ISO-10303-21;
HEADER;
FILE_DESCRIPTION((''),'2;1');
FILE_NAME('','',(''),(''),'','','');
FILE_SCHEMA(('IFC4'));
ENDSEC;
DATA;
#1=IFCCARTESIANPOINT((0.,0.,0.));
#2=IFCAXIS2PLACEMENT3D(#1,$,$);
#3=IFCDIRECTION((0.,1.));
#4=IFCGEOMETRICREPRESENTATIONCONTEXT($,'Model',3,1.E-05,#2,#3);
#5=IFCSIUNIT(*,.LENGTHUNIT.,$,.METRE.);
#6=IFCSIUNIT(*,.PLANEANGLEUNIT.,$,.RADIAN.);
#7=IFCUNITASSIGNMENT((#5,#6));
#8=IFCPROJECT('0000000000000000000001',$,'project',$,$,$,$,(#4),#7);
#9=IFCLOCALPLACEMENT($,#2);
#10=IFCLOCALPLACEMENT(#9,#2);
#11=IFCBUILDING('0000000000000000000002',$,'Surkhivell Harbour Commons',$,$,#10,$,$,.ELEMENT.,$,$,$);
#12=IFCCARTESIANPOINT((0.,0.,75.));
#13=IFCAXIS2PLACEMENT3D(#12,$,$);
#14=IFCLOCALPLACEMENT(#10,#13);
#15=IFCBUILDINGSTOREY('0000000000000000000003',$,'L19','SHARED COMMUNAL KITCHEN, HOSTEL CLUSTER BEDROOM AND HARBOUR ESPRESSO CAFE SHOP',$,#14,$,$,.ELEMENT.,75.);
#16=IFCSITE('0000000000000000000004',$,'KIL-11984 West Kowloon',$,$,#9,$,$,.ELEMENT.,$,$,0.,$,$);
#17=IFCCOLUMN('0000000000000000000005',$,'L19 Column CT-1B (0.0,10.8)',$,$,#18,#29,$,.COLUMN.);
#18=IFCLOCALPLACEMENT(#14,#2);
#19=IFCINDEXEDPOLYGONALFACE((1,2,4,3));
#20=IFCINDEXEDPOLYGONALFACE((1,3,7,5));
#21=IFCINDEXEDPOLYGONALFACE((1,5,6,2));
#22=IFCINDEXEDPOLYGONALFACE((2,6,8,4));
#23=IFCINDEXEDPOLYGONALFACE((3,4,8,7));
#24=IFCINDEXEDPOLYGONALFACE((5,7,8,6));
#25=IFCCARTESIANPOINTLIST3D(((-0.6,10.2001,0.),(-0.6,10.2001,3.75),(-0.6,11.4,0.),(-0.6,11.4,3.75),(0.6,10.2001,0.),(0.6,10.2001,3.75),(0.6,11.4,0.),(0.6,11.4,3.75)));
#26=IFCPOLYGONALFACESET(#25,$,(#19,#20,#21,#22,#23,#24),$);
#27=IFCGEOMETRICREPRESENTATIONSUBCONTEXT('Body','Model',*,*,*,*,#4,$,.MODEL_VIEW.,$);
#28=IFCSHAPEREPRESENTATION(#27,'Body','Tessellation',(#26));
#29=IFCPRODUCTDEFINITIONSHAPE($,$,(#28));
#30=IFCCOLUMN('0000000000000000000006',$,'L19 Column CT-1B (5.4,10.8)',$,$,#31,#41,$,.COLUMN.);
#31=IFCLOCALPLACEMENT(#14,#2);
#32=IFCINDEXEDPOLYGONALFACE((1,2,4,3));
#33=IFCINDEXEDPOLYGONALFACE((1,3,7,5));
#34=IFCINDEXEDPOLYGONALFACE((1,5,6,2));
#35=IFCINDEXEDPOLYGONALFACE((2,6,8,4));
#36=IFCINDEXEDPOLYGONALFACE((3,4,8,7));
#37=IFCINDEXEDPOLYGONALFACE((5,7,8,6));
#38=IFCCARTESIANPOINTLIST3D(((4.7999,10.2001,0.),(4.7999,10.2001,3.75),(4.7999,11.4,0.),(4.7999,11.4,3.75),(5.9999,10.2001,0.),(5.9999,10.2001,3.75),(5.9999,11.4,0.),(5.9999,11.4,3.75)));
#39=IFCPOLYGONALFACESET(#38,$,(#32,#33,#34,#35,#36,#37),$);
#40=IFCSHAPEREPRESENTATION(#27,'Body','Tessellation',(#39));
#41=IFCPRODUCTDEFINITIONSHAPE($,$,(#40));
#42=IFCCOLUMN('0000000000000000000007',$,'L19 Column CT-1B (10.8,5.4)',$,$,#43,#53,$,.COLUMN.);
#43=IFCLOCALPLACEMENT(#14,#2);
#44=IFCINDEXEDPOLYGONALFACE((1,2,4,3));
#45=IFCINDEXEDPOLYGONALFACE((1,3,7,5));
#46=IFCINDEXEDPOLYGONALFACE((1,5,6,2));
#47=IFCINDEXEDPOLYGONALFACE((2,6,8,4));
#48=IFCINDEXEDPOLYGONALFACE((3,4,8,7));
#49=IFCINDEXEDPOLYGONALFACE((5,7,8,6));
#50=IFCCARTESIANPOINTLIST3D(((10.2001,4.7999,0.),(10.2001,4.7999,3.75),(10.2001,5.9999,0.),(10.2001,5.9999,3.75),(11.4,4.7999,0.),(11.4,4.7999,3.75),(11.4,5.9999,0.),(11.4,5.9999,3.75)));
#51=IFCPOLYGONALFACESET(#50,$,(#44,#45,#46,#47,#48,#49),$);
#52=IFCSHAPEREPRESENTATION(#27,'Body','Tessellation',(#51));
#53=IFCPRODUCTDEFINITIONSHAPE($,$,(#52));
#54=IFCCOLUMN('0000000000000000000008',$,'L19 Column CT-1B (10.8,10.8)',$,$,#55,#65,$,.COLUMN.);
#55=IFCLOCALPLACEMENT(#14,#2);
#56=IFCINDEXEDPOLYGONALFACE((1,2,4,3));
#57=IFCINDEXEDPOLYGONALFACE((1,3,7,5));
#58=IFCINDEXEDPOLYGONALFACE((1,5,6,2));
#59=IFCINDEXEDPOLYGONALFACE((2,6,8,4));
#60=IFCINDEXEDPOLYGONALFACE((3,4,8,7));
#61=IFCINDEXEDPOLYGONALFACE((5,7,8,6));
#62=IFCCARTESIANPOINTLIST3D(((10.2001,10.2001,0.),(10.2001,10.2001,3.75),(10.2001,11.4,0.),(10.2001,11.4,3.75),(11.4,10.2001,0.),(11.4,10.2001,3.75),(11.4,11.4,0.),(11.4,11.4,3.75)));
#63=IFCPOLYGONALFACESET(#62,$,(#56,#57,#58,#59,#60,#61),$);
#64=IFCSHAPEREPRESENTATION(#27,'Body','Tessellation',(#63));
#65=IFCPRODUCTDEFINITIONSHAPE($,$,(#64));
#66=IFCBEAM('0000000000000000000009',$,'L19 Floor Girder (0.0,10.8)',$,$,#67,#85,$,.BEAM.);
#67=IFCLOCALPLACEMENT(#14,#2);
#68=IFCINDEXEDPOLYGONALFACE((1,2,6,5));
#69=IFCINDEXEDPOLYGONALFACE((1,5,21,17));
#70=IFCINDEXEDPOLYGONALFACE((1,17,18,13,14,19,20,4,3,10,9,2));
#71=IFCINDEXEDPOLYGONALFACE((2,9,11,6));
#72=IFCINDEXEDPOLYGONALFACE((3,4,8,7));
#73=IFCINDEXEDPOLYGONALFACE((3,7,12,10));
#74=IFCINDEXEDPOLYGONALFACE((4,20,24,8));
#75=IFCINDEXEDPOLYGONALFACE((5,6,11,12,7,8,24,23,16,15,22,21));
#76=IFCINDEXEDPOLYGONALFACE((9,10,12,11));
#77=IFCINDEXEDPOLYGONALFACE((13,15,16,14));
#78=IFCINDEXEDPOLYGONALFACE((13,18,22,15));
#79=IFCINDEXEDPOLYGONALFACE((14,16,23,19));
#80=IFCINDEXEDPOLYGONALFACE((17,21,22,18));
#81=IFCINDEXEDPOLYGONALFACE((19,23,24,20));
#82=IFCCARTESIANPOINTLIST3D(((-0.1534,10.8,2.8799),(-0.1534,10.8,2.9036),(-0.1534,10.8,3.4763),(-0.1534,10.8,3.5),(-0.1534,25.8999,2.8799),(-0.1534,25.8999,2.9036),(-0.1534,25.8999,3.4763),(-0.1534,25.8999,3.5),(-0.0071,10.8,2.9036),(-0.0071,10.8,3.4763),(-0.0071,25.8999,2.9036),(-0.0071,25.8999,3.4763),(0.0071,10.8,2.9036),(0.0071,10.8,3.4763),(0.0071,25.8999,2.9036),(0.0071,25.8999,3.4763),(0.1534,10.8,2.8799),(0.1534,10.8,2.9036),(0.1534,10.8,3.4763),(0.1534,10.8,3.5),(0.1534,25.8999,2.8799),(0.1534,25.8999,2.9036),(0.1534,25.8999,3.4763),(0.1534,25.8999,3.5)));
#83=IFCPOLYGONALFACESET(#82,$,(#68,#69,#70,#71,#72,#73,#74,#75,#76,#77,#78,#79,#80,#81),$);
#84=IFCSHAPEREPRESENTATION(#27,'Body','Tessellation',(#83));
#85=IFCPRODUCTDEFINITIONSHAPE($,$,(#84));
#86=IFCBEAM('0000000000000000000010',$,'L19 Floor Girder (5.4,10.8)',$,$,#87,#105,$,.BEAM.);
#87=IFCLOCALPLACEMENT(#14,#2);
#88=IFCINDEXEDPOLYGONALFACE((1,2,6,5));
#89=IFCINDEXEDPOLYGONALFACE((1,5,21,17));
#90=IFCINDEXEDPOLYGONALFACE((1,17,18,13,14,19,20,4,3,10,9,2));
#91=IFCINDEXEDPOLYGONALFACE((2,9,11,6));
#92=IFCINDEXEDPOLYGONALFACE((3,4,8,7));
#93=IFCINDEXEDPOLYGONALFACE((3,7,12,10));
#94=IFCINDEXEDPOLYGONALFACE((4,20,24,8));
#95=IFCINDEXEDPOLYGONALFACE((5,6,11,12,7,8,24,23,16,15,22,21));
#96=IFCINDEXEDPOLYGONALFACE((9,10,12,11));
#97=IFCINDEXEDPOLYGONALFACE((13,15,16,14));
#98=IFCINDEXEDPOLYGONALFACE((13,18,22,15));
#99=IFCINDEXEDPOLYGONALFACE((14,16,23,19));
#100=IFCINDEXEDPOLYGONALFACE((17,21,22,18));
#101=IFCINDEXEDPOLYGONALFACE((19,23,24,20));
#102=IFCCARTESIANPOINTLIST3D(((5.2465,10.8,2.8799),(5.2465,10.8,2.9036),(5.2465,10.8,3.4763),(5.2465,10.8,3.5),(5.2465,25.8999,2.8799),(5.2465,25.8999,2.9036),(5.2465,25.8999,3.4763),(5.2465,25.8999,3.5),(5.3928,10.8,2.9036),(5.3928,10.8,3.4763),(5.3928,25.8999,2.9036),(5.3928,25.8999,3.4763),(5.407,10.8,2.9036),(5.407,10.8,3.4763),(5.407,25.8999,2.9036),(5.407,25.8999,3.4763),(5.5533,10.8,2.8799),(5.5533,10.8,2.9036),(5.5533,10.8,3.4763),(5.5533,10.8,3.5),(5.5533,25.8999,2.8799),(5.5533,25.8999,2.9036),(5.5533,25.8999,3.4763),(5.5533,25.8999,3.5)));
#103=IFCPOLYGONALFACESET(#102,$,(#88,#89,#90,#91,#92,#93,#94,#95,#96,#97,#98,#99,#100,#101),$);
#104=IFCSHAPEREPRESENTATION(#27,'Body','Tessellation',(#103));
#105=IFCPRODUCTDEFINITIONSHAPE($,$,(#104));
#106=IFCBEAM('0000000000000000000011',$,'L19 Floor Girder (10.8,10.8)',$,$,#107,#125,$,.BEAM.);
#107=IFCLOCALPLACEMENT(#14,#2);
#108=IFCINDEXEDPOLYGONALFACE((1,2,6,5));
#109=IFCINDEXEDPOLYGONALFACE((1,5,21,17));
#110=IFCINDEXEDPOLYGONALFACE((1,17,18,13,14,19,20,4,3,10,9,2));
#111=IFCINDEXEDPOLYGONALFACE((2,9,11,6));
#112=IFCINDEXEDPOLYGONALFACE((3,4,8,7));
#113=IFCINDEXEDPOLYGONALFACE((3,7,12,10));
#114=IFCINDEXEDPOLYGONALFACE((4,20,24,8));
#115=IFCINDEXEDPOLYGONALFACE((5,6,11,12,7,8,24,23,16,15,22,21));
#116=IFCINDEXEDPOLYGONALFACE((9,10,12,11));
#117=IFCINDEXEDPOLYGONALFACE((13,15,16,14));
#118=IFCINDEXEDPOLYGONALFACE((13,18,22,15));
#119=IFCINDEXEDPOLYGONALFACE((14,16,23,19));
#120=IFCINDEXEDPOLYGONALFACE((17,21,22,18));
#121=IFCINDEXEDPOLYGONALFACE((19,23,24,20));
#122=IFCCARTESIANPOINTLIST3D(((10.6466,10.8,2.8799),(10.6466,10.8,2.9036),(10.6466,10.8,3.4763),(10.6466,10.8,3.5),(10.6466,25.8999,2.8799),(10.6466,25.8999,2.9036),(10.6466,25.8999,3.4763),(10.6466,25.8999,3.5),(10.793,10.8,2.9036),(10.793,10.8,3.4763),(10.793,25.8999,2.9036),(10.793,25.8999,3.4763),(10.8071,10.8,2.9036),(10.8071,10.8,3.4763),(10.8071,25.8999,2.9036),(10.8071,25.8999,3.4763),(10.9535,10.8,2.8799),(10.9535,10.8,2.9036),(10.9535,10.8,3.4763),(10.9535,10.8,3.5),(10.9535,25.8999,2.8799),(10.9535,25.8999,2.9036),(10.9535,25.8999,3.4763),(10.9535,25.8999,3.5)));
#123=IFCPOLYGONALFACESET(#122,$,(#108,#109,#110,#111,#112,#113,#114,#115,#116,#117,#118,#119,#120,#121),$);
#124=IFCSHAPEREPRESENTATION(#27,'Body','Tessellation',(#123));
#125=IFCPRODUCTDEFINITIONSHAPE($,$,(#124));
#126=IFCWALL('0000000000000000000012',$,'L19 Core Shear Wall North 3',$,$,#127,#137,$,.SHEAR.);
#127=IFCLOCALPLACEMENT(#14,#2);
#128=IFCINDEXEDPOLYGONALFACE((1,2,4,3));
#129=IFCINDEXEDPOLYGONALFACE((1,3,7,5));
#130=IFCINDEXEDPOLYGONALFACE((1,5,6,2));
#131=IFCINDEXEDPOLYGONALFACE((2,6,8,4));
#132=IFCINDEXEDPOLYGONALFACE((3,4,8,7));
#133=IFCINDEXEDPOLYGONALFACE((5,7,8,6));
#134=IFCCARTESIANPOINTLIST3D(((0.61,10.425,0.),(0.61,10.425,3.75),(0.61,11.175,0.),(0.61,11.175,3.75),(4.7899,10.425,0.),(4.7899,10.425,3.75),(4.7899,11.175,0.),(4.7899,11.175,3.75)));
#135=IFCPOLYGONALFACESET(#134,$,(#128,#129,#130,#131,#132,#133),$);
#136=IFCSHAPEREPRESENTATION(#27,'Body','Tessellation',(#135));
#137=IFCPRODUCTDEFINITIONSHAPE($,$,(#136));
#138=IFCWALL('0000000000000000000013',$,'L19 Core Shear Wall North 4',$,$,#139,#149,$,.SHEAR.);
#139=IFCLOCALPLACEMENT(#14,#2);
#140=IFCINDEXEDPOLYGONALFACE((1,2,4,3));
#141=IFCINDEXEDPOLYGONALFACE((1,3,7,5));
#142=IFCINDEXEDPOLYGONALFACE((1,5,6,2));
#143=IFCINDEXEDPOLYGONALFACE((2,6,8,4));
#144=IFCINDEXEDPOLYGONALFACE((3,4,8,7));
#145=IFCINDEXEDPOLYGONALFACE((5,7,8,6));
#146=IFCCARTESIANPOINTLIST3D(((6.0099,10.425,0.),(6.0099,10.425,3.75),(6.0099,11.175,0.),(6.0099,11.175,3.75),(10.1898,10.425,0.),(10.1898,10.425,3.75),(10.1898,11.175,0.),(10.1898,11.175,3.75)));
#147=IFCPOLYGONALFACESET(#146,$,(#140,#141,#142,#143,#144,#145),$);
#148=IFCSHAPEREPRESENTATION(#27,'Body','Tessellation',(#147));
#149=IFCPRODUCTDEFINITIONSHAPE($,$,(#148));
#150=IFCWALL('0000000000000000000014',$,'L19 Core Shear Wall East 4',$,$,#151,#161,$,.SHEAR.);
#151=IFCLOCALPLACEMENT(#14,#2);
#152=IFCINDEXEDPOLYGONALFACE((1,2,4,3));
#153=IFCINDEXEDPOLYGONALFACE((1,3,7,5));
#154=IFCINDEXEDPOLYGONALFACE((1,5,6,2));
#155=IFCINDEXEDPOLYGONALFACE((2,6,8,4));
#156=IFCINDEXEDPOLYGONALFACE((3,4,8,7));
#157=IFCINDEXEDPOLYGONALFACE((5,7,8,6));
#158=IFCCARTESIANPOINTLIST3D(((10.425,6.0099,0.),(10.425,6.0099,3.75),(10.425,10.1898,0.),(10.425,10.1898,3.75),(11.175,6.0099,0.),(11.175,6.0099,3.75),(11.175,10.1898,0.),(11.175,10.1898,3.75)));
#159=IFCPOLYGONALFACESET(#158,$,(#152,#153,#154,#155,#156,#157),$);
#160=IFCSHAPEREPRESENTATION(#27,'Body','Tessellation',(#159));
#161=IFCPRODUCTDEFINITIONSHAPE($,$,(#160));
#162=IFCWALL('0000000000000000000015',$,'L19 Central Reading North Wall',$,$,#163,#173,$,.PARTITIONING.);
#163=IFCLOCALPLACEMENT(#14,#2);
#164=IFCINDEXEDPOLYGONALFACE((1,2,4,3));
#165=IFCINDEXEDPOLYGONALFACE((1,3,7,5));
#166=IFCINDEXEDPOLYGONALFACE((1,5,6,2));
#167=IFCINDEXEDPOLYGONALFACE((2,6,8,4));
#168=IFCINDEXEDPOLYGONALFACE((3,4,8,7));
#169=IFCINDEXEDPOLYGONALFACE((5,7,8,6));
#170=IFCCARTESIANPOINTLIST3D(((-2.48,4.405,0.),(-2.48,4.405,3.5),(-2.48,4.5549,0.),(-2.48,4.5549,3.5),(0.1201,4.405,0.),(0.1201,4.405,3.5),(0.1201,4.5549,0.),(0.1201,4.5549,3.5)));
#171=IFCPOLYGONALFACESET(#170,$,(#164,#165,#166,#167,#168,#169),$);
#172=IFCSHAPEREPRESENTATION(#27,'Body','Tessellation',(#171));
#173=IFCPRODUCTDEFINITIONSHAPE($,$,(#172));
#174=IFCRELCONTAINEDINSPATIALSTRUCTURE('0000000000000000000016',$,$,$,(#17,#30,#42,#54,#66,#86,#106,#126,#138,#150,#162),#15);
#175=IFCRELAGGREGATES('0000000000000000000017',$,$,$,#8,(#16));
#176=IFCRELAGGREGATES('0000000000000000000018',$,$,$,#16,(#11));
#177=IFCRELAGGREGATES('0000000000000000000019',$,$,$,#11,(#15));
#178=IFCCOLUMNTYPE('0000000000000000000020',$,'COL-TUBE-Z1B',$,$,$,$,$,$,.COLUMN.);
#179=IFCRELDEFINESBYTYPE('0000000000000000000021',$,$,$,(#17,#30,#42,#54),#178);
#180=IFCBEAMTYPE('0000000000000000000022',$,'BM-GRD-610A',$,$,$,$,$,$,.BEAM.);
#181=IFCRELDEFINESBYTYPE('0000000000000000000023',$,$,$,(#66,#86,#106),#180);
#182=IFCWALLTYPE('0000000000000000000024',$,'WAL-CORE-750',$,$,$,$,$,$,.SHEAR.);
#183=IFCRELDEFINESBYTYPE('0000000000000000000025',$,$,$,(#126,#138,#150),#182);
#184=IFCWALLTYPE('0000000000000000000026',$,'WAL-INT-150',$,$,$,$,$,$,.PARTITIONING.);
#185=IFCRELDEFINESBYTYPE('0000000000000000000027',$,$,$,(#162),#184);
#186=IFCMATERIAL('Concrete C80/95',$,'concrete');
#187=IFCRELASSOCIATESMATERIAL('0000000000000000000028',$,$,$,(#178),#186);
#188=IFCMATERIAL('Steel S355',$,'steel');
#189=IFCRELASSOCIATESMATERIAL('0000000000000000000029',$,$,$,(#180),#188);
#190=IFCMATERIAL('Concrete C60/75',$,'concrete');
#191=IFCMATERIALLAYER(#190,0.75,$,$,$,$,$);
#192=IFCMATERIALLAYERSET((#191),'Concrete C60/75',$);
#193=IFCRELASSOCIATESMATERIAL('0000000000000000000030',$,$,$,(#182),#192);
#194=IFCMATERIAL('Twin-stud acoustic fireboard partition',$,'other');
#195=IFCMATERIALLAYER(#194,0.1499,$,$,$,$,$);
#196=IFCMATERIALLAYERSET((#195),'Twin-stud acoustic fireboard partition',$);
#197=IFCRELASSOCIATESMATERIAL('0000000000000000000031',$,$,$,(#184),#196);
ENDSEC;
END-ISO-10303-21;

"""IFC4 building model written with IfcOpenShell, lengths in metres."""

from ifc_helpers import new_model, si_unit, direction, frame, frame_2d, origin, origin_2d, place, context, subcontext, project, spatial, rectangle, i_section, extrude, material, layer, layer_set, material_profile, profile_set, type_object, element, save


model = new_model("IFC4")

# Units and contexts
model_context = context("Model", 3, precision=1e-05, world=origin(), true_north=direction((0.0, 1.0)))
body_context = subcontext(model_context, "Body", "Model", "MODEL_VIEW")
ifc_project = project(units=[si_unit("LENGTHUNIT", "METRE"), si_unit("PLANEANGLEUNIT", "RADIAN")], contexts=[model_context])

# Site, building, storey
site_placement = place(None, origin())
site = spatial("IfcSite", under=ifc_project, at=site_placement, Name="KIL-11984 West Kowloon", CompositionType="ELEMENT", RefElevation=0.0)
building_placement = place(site_placement, origin())
building = spatial("IfcBuilding", under=site, at=building_placement, Name="Surkhivell Harbour Commons", CompositionType="ELEMENT")
storey_placement = place(building_placement, frame((0.0, 0.0, 75.0)))
storey = spatial("IfcBuildingStorey", under=building, at=storey_placement, Name="L19", Description="SHARED COMMUNAL KITCHEN, HOSTEL CLUSTER BEDROOM AND HARBOUR ESPRESSO CAFE SHOP", CompositionType="ELEMENT", Elevation=75.0)

# Columns
ifc_material_1 = material(Name="Concrete C80/95", Category="concrete")
ifc_material_profile_1 = material_profile(ifc_material_1, rectangle(XDim=1.2, YDim=1.2, at=origin_2d()), Name="RC-COL-1200x1200")
ifc_profile_set_1 = profile_set([ifc_material_profile_1], Name="Concrete C80/95")
column_type = type_object("IfcColumnType", Name="COL-TUBE-Z1B", PredefinedType="COLUMN", material=ifc_profile_set_1)
for number, where, z_axis, x_axis, name in (
    (1, (0.0, 10.8, 0.0), (0.0, 0.0, 1.0), (1.0, 0.0, 0.0), "L19 Column CT-1B (0.0,10.8)"),
    (2, (5.3999, 10.8, 0.0), (0.0, 0.0, 1.0), (1.0, 0.0, 0.0), "L19 Column CT-1B (5.4,10.8)"),
    (3, (10.8, 5.3999, 0.0), (0.0, 0.0, 1.0), (1.0, 0.0, 0.0), "L19 Column CT-1B (10.8,5.4)"),
    (4, (10.8, 10.8, 0.0), (0.0, 0.0, 1.0), (1.0, 0.0, 0.0), "L19 Column CT-1B (10.8,10.8)"),
):
    element("IfcColumn", number, at=place(storey_placement, frame(where, z_axis=z_axis, x_axis=x_axis)), inside=storey, type_object=column_type, Name=name, PredefinedType="COLUMN", context=body_context, shape_type="SweptSolid", body=[
        extrude(rectangle(XDim=1.2, YDim=1.2, at=origin_2d()), origin(), (0.0, 0.0, 1.0), 3.75),
    ])

# Beams
ifc_material_2 = material(Name="Steel S355", Category="steel")
ifc_material_profile_2 = material_profile(ifc_material_2, i_section(OverallWidth=0.3069, OverallDepth=0.6201, WebThickness=0.0142, FlangeThickness=0.0237, at=origin_2d()), Name="UB610x305x179")
ifc_profile_set_2 = profile_set([ifc_material_profile_2], Name="Steel S355")
beam_type = type_object("IfcBeamType", Name="BM-GRD-610A", PredefinedType="BEAM", material=ifc_profile_set_2)
for number, where, z_axis, x_axis, name in (
    (5, (0.0, 10.8, 3.1899), (0.0, 1.0, 0.0), (-1.0, 0.0, 0.0), "L19 Floor Girder (0.0,10.8)"),
    (6, (5.3999, 10.8, 3.1899), (0.0, 1.0, 0.0), (-1.0, 0.0, 0.0), "L19 Floor Girder (5.4,10.8)"),
    (7, (10.8, 10.8, 3.1899), (0.0, 1.0, 0.0), (-1.0, 0.0, 0.0), "L19 Floor Girder (10.8,10.8)"),
):
    element("IfcBeam", number, at=place(storey_placement, frame(where, z_axis=z_axis, x_axis=x_axis)), inside=storey, type_object=beam_type, Name=name, PredefinedType="BEAM", context=body_context, shape_type="SweptSolid", body=[
        extrude(i_section(OverallWidth=0.3069, OverallDepth=0.6201, WebThickness=0.0142, FlangeThickness=0.0237, at=origin_2d()), origin(), (0.0, 0.0, 1.0), 15.0999),
    ])

# Walls
ifc_material_3 = material(Name="Concrete C60/75", Category="concrete")
ifc_layer_1 = layer(ifc_material_3, 0.75)
ifc_layer_set_1 = layer_set([ifc_layer_1], Name="Concrete C60/75")
wall_type_1 = type_object("IfcWallType", Name="WAL-CORE-750", PredefinedType="SHEAR", material=ifc_layer_set_1)
for number, where, z_axis, x_axis, name in (
    (8, (0.6101, 10.8, 0.0), (0.0, 0.0, 1.0), (1.0, 0.0, 0.0), "L19 Core Shear Wall North 3"),
    (9, (6.01, 10.8, 0.0), (0.0, 0.0, 1.0), (1.0, 0.0, 0.0), "L19 Core Shear Wall North 4"),
    (10, (10.8, 6.01, 0.0), (0.0, 0.0, 1.0), (0.0, 1.0, 0.0), "L19 Core Shear Wall East 4"),
):
    element("IfcWall", number, at=place(storey_placement, frame(where, z_axis=z_axis, x_axis=x_axis)), inside=storey, type_object=wall_type_1, Name=name, PredefinedType="SHEAR", context=body_context, shape_type="SweptSolid", body=[
        extrude(rectangle(XDim=4.1799, YDim=0.75, at=frame_2d((2.0898, 0.0))), origin(), (0.0, 0.0, 1.0), 3.75),
    ])
ifc_material_4 = material(Name="Twin-stud acoustic fireboard partition", Category="other")
ifc_layer_2 = layer(ifc_material_4, 0.1499)
ifc_layer_set_2 = layer_set([ifc_layer_2], Name="Twin-stud acoustic fireboard partition")
wall_type_2 = type_object("IfcWallType", Name="WAL-INT-150", PredefinedType="PARTITIONING", material=ifc_layer_set_2)
wall_1_placement = place(storey_placement, frame((-2.48, 4.48, 0.0), z_axis=(0.0, 0.0, 1.0), x_axis=(1.0, 0.0, 0.0)))
element("IfcWall", 11, at=wall_1_placement, inside=storey, type_object=wall_type_2, Name="L19 Central Reading North Wall", PredefinedType="PARTITIONING", context=body_context, shape_type="SweptSolid", body=[
    extrude(rectangle(XDim=2.6001, YDim=0.1499, at=frame_2d((1.3, 0.0))), origin(), (0.0, 0.0, 1.0), 3.5),
])

save(model, "model.ifc")
